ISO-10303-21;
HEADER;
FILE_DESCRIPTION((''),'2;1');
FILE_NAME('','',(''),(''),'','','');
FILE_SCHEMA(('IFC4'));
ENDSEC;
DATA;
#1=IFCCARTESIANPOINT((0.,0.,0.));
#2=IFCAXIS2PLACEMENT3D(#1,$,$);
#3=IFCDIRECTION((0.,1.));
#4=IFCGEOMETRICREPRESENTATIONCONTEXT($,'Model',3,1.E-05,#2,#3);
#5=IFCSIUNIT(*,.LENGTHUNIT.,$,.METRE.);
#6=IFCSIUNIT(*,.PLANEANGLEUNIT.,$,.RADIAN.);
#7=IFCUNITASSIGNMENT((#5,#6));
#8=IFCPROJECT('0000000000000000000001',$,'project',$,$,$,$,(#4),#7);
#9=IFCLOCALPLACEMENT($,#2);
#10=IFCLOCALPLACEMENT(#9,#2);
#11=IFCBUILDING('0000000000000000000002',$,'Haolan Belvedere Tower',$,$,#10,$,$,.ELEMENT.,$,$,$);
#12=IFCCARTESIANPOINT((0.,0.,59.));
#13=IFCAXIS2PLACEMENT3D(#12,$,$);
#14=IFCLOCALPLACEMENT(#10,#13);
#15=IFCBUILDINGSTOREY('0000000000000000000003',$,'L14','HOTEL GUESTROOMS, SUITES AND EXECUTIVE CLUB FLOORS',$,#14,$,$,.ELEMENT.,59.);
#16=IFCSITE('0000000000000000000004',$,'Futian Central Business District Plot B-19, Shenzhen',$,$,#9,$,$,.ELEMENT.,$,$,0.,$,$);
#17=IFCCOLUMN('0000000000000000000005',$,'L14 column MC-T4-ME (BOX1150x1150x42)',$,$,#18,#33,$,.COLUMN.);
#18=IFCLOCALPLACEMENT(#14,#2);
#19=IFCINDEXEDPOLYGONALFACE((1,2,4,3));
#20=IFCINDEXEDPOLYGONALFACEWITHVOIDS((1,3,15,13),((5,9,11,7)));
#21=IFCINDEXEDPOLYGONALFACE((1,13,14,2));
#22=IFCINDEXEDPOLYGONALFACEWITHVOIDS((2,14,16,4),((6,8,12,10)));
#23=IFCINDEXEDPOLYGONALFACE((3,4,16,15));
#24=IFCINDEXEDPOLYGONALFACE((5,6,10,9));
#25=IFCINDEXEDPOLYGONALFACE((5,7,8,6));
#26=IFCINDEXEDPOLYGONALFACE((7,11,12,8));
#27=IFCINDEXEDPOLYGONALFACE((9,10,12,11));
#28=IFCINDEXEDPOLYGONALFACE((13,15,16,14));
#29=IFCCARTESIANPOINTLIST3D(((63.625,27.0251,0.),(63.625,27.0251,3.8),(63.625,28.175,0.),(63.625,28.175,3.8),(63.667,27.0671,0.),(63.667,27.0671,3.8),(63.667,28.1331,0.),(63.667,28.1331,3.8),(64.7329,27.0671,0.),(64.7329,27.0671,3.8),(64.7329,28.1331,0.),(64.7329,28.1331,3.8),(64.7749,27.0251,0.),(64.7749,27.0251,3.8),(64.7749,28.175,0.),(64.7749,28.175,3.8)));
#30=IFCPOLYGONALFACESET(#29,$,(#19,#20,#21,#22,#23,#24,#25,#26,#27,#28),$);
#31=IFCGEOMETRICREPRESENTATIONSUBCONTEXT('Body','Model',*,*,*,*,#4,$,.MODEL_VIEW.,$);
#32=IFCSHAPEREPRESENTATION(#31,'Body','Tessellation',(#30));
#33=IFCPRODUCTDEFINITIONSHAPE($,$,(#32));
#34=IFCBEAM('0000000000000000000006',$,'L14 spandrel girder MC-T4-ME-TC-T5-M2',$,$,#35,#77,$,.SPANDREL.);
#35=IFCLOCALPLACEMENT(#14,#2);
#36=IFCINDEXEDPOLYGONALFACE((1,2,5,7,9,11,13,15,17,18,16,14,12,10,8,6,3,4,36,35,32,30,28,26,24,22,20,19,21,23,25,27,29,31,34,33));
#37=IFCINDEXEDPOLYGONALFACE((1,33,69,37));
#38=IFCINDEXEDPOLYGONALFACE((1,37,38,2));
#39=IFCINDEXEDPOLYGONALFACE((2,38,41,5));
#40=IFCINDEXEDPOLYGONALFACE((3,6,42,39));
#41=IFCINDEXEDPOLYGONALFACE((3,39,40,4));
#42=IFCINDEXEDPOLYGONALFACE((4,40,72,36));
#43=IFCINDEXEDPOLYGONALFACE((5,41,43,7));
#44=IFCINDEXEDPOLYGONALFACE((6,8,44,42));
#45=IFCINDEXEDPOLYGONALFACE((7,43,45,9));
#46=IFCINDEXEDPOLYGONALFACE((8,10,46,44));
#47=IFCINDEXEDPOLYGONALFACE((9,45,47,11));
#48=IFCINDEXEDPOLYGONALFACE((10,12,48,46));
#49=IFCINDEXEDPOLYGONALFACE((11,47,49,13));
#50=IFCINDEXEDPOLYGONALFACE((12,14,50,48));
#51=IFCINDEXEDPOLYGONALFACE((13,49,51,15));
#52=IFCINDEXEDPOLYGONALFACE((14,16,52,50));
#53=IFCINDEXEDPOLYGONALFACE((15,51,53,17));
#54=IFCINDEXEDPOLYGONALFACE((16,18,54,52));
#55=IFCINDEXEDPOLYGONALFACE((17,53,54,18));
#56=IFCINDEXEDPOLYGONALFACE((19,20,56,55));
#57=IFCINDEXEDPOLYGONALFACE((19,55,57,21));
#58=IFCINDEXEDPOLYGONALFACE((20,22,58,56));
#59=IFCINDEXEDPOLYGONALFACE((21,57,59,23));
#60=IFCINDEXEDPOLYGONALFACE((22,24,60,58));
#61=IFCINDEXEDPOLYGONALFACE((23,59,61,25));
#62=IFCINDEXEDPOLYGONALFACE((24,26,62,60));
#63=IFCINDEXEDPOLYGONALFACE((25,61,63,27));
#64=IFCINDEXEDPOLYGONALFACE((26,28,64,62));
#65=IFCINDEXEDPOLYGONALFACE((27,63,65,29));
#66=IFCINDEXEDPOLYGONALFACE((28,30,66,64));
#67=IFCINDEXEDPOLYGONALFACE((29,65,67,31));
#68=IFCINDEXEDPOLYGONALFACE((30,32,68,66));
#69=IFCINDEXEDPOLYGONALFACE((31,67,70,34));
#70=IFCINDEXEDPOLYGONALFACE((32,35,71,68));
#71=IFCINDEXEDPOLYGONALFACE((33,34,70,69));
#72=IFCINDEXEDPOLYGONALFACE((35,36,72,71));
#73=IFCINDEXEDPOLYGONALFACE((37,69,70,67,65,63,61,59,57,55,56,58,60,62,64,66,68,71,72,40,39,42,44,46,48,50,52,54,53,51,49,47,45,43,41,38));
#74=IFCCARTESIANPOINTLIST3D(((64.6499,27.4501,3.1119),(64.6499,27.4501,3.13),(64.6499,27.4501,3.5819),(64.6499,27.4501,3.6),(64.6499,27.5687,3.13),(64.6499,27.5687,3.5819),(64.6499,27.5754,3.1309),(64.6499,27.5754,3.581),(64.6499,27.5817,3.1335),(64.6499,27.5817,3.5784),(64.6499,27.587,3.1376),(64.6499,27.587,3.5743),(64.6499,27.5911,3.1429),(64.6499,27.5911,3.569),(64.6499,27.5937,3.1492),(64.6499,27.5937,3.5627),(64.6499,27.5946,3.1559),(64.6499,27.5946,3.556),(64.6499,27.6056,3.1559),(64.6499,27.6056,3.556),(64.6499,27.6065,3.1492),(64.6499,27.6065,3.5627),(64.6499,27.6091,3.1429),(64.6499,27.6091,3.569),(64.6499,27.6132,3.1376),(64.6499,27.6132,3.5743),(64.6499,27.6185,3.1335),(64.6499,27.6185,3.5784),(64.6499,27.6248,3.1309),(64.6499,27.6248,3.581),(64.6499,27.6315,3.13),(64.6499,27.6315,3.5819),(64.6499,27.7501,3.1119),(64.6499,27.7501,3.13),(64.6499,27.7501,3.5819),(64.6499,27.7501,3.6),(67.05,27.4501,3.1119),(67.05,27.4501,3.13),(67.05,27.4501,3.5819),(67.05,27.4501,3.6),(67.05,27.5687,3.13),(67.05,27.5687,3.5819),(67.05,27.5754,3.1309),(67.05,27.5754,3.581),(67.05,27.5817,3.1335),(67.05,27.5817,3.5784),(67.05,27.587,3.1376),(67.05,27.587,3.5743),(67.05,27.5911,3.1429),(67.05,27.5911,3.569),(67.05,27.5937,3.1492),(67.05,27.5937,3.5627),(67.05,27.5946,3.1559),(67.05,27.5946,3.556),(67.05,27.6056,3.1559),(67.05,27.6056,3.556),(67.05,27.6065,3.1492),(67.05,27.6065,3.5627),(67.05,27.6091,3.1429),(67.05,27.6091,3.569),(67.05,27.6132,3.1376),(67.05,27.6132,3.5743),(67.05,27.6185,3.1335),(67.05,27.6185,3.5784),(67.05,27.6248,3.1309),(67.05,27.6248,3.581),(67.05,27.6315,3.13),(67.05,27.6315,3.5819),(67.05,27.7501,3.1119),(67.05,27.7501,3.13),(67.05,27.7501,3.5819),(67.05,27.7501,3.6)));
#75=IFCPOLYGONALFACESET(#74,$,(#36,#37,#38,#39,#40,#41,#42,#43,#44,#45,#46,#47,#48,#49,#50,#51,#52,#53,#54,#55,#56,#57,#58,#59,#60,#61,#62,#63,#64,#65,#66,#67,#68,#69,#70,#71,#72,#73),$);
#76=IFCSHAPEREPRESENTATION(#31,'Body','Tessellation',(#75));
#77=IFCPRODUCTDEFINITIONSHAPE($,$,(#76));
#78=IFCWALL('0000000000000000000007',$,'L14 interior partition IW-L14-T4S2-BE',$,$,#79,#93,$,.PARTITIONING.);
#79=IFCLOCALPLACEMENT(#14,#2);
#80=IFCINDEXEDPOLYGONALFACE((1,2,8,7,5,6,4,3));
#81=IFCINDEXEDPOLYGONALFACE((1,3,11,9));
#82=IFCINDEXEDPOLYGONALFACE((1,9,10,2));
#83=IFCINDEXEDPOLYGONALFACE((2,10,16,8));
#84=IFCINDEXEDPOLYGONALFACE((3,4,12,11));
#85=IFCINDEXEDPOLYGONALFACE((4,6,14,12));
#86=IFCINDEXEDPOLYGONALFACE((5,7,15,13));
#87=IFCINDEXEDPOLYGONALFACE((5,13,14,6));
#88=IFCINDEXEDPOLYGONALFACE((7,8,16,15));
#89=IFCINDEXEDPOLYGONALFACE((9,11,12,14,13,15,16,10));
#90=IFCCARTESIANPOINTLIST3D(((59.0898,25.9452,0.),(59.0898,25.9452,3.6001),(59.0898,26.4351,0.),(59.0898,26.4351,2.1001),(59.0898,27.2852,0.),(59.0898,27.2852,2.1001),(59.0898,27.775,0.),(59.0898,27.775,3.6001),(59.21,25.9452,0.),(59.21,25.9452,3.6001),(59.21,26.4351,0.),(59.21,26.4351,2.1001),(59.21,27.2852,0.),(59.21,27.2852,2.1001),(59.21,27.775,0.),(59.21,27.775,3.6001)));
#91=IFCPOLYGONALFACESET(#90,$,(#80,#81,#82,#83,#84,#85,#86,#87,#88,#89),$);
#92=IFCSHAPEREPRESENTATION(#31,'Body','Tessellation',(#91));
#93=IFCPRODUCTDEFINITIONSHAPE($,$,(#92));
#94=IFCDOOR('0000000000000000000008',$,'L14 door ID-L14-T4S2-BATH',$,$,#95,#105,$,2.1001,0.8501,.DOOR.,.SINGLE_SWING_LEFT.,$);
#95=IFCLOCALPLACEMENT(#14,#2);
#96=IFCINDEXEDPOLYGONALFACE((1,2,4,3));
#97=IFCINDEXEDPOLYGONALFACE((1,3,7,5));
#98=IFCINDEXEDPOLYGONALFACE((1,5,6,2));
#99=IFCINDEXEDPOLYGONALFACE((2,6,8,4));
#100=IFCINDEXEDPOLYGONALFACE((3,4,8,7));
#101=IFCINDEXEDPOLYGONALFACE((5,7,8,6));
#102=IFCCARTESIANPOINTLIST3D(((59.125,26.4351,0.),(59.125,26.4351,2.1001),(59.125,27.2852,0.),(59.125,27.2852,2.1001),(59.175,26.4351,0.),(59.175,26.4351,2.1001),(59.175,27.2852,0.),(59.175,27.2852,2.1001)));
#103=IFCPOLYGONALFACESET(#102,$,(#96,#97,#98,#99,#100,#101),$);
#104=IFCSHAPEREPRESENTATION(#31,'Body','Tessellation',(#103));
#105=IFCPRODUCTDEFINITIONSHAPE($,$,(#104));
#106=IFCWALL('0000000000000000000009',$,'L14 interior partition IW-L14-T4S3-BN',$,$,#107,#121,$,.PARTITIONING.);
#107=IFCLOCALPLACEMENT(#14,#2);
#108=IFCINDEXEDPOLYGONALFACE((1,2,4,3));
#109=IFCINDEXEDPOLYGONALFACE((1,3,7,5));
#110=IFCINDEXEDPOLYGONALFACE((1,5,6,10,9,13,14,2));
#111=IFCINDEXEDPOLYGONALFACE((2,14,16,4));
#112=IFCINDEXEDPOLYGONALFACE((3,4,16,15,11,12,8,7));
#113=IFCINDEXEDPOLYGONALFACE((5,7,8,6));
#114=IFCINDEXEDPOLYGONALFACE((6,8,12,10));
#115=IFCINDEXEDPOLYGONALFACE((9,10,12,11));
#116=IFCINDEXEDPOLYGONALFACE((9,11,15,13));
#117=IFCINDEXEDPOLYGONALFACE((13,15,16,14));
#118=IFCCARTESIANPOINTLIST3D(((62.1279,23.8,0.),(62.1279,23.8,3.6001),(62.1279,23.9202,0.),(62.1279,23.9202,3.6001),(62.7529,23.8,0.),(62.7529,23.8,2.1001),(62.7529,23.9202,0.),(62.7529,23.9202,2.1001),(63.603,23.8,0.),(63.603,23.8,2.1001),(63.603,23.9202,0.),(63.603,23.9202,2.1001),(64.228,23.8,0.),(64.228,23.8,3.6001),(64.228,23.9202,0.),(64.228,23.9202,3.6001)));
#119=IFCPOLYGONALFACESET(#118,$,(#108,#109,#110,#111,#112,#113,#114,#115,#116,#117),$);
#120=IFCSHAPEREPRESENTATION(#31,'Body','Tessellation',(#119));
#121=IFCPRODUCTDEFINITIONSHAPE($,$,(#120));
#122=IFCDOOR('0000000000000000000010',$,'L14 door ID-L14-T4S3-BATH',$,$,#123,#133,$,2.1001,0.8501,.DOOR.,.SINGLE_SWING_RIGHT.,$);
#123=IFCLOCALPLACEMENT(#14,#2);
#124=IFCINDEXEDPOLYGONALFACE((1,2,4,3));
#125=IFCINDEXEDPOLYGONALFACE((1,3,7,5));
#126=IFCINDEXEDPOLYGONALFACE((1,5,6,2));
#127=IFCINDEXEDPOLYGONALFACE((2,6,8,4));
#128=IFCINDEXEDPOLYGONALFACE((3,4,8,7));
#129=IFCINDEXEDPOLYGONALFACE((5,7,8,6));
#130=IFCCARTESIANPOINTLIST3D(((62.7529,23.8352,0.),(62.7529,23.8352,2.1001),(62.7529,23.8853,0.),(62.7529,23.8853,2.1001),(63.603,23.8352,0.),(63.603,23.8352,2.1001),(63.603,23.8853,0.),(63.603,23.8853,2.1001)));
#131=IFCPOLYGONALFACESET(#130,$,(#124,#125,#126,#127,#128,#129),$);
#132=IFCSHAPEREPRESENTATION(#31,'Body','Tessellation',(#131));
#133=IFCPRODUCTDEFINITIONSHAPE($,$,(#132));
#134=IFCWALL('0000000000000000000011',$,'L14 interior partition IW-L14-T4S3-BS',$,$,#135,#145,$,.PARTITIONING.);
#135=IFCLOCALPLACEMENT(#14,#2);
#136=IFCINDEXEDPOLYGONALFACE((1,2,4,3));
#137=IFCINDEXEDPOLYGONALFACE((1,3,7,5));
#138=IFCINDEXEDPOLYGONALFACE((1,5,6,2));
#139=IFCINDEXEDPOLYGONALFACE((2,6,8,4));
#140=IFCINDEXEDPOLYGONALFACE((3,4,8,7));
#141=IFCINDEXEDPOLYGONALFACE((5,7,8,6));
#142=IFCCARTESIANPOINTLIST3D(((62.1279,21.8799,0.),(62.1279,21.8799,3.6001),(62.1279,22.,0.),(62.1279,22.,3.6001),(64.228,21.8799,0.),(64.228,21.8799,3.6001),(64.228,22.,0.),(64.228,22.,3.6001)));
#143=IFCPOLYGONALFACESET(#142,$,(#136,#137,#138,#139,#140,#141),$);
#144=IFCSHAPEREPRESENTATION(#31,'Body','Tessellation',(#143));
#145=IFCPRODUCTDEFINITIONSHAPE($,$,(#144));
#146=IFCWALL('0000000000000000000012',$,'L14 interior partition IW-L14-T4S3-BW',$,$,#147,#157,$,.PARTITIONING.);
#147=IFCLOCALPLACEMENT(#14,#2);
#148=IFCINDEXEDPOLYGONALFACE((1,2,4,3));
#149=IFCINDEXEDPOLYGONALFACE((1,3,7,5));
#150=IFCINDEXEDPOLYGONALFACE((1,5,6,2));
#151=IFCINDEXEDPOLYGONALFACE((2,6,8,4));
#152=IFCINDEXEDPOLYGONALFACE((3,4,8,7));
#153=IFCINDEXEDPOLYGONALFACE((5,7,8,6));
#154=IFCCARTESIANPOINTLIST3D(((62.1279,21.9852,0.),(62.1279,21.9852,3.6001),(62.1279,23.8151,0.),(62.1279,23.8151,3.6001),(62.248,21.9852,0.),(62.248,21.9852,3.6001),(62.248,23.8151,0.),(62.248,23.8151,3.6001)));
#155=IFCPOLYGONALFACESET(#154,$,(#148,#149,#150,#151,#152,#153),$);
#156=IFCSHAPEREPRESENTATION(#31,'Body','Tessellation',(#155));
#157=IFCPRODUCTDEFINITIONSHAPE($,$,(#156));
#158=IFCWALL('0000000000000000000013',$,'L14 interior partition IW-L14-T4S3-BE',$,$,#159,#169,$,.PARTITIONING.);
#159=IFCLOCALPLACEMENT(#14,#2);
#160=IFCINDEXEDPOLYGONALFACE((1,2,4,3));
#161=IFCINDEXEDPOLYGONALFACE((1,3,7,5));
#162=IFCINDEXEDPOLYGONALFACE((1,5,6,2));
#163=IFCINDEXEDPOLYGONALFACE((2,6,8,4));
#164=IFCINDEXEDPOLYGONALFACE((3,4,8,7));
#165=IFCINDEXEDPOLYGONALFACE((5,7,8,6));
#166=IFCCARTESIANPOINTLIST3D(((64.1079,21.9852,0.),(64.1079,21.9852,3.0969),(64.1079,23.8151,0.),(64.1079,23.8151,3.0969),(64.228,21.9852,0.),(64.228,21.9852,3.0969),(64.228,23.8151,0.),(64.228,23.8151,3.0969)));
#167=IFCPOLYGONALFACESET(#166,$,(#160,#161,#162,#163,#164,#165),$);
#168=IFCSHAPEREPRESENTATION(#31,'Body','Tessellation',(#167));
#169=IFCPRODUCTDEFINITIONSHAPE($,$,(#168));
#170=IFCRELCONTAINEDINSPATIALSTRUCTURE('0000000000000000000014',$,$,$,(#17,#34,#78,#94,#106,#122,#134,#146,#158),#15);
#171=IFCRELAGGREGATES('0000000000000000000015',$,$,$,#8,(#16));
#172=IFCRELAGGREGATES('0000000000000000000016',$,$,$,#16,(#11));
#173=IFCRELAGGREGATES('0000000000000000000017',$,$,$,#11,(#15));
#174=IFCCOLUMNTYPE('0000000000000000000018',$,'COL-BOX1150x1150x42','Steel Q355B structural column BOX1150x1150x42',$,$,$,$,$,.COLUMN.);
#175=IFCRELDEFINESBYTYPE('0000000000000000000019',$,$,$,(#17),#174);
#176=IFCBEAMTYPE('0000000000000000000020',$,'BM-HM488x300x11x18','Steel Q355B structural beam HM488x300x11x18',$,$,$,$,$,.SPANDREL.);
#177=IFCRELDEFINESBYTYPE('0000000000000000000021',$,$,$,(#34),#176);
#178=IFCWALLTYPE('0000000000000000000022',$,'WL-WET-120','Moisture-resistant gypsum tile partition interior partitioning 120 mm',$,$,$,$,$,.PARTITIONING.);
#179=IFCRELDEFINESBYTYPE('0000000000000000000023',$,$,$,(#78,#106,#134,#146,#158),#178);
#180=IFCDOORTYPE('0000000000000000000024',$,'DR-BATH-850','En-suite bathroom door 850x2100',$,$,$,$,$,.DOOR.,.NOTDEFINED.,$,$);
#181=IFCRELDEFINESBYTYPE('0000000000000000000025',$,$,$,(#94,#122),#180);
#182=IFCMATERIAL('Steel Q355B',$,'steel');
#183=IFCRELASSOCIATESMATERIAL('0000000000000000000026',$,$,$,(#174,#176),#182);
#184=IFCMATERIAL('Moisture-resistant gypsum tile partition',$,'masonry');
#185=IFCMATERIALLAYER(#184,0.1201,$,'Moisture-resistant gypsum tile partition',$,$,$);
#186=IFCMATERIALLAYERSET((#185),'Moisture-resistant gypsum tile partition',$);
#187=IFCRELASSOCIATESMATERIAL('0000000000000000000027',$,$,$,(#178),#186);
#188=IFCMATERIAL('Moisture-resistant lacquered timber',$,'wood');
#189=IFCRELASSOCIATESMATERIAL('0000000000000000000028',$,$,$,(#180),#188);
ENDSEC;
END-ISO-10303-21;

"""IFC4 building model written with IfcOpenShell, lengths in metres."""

from ifc_helpers import new_model, si_unit, direction, frame, frame_2d, origin, origin_2d, place, context, subcontext, project, spatial, rectangle, hollow_rectangle, i_section, extrude, material, layer, layer_set, material_profile, profile_set, type_object, element, fill, save


model = new_model("IFC4")

# Units and contexts
model_context = context("Model", 3, precision=1e-05, world=origin(), true_north=direction((0.0, 1.0)))
body_context = subcontext(model_context, "Body", "Model", "MODEL_VIEW")
ifc_project = project(units=[si_unit("LENGTHUNIT", "METRE"), si_unit("PLANEANGLEUNIT", "RADIAN")], contexts=[model_context])

# Site, building, storey
site_placement = place(None, origin())
site = spatial("IfcSite", under=ifc_project, at=site_placement, Name="Futian Central Business District Plot B-19, Shenzhen", CompositionType="ELEMENT", RefElevation=0.0)
building_placement = place(site_placement, origin())
building = spatial("IfcBuilding", under=site, at=building_placement, Name="Haolan Belvedere Tower", CompositionType="ELEMENT")
storey_placement = place(building_placement, frame((0.0, 0.0, 59.0)))
storey = spatial("IfcBuildingStorey", under=building, at=storey_placement, Name="L14", Description="HOTEL GUESTROOMS, SUITES AND EXECUTIVE CLUB FLOORS", CompositionType="ELEMENT", Elevation=59.0)

# Column
ifc_material_1 = material(Name="Steel Q355B", Category="steel")
ifc_material_profile_1 = material_profile(ifc_material_1, hollow_rectangle(XDim=1.1499, YDim=1.1499, WallThickness=0.042, at=origin_2d()), Name="Steel Q355B")
ifc_profile_set_1 = profile_set([ifc_material_profile_1], Name="Steel Q355B")
column_type = type_object("IfcColumnType", Name="COL-BOX1150x1150x42", Description="Steel Q355B structural column BOX1150x1150x42", PredefinedType="COLUMN", material=ifc_profile_set_1)
column_placement = place(storey_placement, frame((64.2, 27.6001, 0.0), z_axis=(0.0, 0.0, 1.0), x_axis=(1.0, 0.0, 0.0)))
element("IfcColumn", 1, at=column_placement, inside=storey, type_object=column_type, Name="L14 column MC-T4-ME (BOX1150x1150x42)", PredefinedType="COLUMN", context=body_context, shape_type="SweptSolid", body=[
    extrude(hollow_rectangle(XDim=1.1499, YDim=1.1499, WallThickness=0.042, at=origin_2d()), origin(), (0.0, 0.0, 1.0), 3.8),
])

# Beam
ifc_material_profile_2 = material_profile(ifc_material_1, i_section(OverallWidth=0.3, OverallDepth=0.488, WebThickness=0.011, FlangeThickness=0.0181, FilletRadius=0.0259, at=origin_2d()), Name="Steel Q355B")
ifc_profile_set_2 = profile_set([ifc_material_profile_2], Name="Steel Q355B")
beam_type = type_object("IfcBeamType", Name="BM-HM488x300x11x18", Description="Steel Q355B structural beam HM488x300x11x18", PredefinedType="SPANDREL", material=ifc_profile_set_2)
beam_placement = place(storey_placement, frame((64.6499, 27.6001, 3.356), z_axis=(1.0, 0.0, 0.0), x_axis=(0.0, 1.0, 0.0)))
element("IfcBeam", 2, at=beam_placement, inside=storey, type_object=beam_type, Name="L14 spandrel girder MC-T4-ME-TC-T5-M2", PredefinedType="SPANDREL", context=body_context, shape_type="SweptSolid", body=[
    extrude(i_section(OverallWidth=0.3, OverallDepth=0.488, WebThickness=0.011, FlangeThickness=0.0181, FilletRadius=0.0259, at=origin_2d()), origin(), (0.0, 0.0, 1.0), 2.4001),
])

# Walls, openings, doors
ifc_material_2 = material(Name="Moisture-resistant gypsum tile partition", Category="masonry")
ifc_layer_1 = layer(ifc_material_2, 0.1201, Name="Moisture-resistant gypsum tile partition")
ifc_layer_set_1 = layer_set([ifc_layer_1], Name="Moisture-resistant gypsum tile partition")
wall_type_1 = type_object("IfcWallType", Name="WL-WET-120", Description="Moisture-resistant gypsum tile partition interior partitioning 120 mm", PredefinedType="PARTITIONING", material=ifc_layer_set_1)
wall_1_placement = place(storey_placement, frame((59.1499, 25.9451, 0.0), z_axis=(0.0, 0.0, 1.0), x_axis=(0.0, 1.0, 0.0)))
wall_1 = element("IfcWall", 3, at=wall_1_placement, inside=storey, type_object=wall_type_1, Name="L14 interior partition IW-L14-T4S2-BE", PredefinedType="PARTITIONING", context=body_context, shape_type="SweptSolid", body=[
    extrude(rectangle(XDim=1.8298, YDim=0.1201, at=frame_2d((0.915, 0.0))), origin(), (0.0, 0.0, 1.0), 3.6001),
])
opening_1_placement = place(wall_1_placement, frame((0.49, 0.0, 0.0)))
opening_1 = element("IfcOpeningElement", 4, at=opening_1_placement, cuts=wall_1, PredefinedType="OPENING", context=body_context, shape_type="SweptSolid", body=[
    extrude(rectangle(XDim=0.8501, YDim=2.1001, at=frame_2d((0.425, 1.05))), frame((0.0, 0.0701, 0.0), z_axis=(0.0, -1.0, 0.0), x_axis=(1.0, 0.0, 0.0)), (0.0, 0.0, 1.0), 0.1401),
])
ifc_material_3 = material(Name="Moisture-resistant lacquered timber", Category="wood")
door_type_1 = type_object("IfcDoorType", Name="DR-BATH-850", Description="En-suite bathroom door 850x2100", OperationType="NOTDEFINED", PredefinedType="DOOR", material=ifc_material_3)
door_1_placement = place(opening_1_placement, origin())
door_1 = element("IfcDoor", 5, at=door_1_placement, inside=storey, type_object=door_type_1, Name="L14 door ID-L14-T4S2-BATH", OperationType="SINGLE_SWING_LEFT", OverallHeight=2.1001, OverallWidth=0.8501, PredefinedType="DOOR", context=body_context, shape_type="SweptSolid", body=[
    extrude(rectangle(XDim=0.8501, YDim=2.1001, at=frame_2d((0.425, 1.05))), frame((0.0, 0.0249, 0.0), z_axis=(0.0, -1.0, 0.0), x_axis=(1.0, 0.0, 0.0)), (0.0, 0.0, 1.0), 0.05),
])
fill(opening_1, door_1)
wall_2_placement = place(storey_placement, frame((62.1279, 23.8601, 0.0), z_axis=(0.0, 0.0, 1.0), x_axis=(1.0, 0.0, 0.0)))
wall_2 = element("IfcWall", 6, at=wall_2_placement, inside=storey, type_object=wall_type_1, Name="L14 interior partition IW-L14-T4S3-BN", PredefinedType="PARTITIONING", context=body_context, shape_type="SweptSolid", body=[
    extrude(rectangle(XDim=2.1001, YDim=0.1201, at=frame_2d((1.05, 0.0))), origin(), (0.0, 0.0, 1.0), 3.6001),
])
opening_2_placement = place(wall_2_placement, frame((1.4751, 0.0, 0.0), z_axis=(0.0, 0.0, 1.0), x_axis=(-1.0, 0.0, 0.0)))
opening_2 = element("IfcOpeningElement", 7, at=opening_2_placement, cuts=wall_2, PredefinedType="OPENING", context=body_context, shape_type="SweptSolid", body=[
    extrude(rectangle(XDim=0.8501, YDim=2.1001, at=frame_2d((0.425, 1.05))), frame((0.0, 0.0701, 0.0), z_axis=(0.0, -1.0, 0.0), x_axis=(1.0, 0.0, 0.0)), (0.0, 0.0, 1.0), 0.1401),
])
door_2_placement = place(opening_2_placement, origin())
door_2 = element("IfcDoor", 8, at=door_2_placement, inside=storey, type_object=door_type_1, Name="L14 door ID-L14-T4S3-BATH", OperationType="SINGLE_SWING_RIGHT", OverallHeight=2.1001, OverallWidth=0.8501, PredefinedType="DOOR", context=body_context, shape_type="SweptSolid", body=[
    extrude(rectangle(XDim=0.8501, YDim=2.1001, at=frame_2d((0.425, 1.05))), frame((0.0, 0.0249, 0.0), z_axis=(0.0, -1.0, 0.0), x_axis=(1.0, 0.0, 0.0)), (0.0, 0.0, 1.0), 0.05),
])
fill(opening_2, door_2)

# Walls
wall_3_placement = place(storey_placement, frame((62.1279, 21.9399, 0.0), z_axis=(0.0, 0.0, 1.0), x_axis=(1.0, 0.0, 0.0)))
element("IfcWall", 9, at=wall_3_placement, inside=storey, type_object=wall_type_1, Name="L14 interior partition IW-L14-T4S3-BS", PredefinedType="PARTITIONING", context=body_context, shape_type="SweptSolid", body=[
    extrude(rectangle(XDim=2.1001, YDim=0.1201, at=frame_2d((1.05, 0.0))), origin(), (0.0, 0.0, 1.0), 3.6001),
])
wall_4_placement = place(storey_placement, frame((62.188, 21.9851, 0.0), z_axis=(0.0, 0.0, 1.0), x_axis=(0.0, 1.0, 0.0)))
element("IfcWall", 10, at=wall_4_placement, inside=storey, type_object=wall_type_1, Name="L14 interior partition IW-L14-T4S3-BW", PredefinedType="PARTITIONING", context=body_context, shape_type="SweptSolid", body=[
    extrude(rectangle(XDim=1.8298, YDim=0.1201, at=frame_2d((0.915, 0.0))), origin(), (0.0, 0.0, 1.0), 3.6001),
])
wall_5_placement = place(storey_placement, frame((64.168, 21.9851, 0.0), z_axis=(0.0, 0.0, 1.0), x_axis=(0.0, 1.0, 0.0)))
element("IfcWall", 11, at=wall_5_placement, inside=storey, type_object=wall_type_1, Name="L14 interior partition IW-L14-T4S3-BE", PredefinedType="PARTITIONING", context=body_context, shape_type="SweptSolid", body=[
    extrude(rectangle(XDim=1.8298, YDim=0.1201, at=frame_2d((0.915, 0.0))), origin(), (0.0, 0.0, 1.0), 3.0969),
])

save(model, "model.ifc")
